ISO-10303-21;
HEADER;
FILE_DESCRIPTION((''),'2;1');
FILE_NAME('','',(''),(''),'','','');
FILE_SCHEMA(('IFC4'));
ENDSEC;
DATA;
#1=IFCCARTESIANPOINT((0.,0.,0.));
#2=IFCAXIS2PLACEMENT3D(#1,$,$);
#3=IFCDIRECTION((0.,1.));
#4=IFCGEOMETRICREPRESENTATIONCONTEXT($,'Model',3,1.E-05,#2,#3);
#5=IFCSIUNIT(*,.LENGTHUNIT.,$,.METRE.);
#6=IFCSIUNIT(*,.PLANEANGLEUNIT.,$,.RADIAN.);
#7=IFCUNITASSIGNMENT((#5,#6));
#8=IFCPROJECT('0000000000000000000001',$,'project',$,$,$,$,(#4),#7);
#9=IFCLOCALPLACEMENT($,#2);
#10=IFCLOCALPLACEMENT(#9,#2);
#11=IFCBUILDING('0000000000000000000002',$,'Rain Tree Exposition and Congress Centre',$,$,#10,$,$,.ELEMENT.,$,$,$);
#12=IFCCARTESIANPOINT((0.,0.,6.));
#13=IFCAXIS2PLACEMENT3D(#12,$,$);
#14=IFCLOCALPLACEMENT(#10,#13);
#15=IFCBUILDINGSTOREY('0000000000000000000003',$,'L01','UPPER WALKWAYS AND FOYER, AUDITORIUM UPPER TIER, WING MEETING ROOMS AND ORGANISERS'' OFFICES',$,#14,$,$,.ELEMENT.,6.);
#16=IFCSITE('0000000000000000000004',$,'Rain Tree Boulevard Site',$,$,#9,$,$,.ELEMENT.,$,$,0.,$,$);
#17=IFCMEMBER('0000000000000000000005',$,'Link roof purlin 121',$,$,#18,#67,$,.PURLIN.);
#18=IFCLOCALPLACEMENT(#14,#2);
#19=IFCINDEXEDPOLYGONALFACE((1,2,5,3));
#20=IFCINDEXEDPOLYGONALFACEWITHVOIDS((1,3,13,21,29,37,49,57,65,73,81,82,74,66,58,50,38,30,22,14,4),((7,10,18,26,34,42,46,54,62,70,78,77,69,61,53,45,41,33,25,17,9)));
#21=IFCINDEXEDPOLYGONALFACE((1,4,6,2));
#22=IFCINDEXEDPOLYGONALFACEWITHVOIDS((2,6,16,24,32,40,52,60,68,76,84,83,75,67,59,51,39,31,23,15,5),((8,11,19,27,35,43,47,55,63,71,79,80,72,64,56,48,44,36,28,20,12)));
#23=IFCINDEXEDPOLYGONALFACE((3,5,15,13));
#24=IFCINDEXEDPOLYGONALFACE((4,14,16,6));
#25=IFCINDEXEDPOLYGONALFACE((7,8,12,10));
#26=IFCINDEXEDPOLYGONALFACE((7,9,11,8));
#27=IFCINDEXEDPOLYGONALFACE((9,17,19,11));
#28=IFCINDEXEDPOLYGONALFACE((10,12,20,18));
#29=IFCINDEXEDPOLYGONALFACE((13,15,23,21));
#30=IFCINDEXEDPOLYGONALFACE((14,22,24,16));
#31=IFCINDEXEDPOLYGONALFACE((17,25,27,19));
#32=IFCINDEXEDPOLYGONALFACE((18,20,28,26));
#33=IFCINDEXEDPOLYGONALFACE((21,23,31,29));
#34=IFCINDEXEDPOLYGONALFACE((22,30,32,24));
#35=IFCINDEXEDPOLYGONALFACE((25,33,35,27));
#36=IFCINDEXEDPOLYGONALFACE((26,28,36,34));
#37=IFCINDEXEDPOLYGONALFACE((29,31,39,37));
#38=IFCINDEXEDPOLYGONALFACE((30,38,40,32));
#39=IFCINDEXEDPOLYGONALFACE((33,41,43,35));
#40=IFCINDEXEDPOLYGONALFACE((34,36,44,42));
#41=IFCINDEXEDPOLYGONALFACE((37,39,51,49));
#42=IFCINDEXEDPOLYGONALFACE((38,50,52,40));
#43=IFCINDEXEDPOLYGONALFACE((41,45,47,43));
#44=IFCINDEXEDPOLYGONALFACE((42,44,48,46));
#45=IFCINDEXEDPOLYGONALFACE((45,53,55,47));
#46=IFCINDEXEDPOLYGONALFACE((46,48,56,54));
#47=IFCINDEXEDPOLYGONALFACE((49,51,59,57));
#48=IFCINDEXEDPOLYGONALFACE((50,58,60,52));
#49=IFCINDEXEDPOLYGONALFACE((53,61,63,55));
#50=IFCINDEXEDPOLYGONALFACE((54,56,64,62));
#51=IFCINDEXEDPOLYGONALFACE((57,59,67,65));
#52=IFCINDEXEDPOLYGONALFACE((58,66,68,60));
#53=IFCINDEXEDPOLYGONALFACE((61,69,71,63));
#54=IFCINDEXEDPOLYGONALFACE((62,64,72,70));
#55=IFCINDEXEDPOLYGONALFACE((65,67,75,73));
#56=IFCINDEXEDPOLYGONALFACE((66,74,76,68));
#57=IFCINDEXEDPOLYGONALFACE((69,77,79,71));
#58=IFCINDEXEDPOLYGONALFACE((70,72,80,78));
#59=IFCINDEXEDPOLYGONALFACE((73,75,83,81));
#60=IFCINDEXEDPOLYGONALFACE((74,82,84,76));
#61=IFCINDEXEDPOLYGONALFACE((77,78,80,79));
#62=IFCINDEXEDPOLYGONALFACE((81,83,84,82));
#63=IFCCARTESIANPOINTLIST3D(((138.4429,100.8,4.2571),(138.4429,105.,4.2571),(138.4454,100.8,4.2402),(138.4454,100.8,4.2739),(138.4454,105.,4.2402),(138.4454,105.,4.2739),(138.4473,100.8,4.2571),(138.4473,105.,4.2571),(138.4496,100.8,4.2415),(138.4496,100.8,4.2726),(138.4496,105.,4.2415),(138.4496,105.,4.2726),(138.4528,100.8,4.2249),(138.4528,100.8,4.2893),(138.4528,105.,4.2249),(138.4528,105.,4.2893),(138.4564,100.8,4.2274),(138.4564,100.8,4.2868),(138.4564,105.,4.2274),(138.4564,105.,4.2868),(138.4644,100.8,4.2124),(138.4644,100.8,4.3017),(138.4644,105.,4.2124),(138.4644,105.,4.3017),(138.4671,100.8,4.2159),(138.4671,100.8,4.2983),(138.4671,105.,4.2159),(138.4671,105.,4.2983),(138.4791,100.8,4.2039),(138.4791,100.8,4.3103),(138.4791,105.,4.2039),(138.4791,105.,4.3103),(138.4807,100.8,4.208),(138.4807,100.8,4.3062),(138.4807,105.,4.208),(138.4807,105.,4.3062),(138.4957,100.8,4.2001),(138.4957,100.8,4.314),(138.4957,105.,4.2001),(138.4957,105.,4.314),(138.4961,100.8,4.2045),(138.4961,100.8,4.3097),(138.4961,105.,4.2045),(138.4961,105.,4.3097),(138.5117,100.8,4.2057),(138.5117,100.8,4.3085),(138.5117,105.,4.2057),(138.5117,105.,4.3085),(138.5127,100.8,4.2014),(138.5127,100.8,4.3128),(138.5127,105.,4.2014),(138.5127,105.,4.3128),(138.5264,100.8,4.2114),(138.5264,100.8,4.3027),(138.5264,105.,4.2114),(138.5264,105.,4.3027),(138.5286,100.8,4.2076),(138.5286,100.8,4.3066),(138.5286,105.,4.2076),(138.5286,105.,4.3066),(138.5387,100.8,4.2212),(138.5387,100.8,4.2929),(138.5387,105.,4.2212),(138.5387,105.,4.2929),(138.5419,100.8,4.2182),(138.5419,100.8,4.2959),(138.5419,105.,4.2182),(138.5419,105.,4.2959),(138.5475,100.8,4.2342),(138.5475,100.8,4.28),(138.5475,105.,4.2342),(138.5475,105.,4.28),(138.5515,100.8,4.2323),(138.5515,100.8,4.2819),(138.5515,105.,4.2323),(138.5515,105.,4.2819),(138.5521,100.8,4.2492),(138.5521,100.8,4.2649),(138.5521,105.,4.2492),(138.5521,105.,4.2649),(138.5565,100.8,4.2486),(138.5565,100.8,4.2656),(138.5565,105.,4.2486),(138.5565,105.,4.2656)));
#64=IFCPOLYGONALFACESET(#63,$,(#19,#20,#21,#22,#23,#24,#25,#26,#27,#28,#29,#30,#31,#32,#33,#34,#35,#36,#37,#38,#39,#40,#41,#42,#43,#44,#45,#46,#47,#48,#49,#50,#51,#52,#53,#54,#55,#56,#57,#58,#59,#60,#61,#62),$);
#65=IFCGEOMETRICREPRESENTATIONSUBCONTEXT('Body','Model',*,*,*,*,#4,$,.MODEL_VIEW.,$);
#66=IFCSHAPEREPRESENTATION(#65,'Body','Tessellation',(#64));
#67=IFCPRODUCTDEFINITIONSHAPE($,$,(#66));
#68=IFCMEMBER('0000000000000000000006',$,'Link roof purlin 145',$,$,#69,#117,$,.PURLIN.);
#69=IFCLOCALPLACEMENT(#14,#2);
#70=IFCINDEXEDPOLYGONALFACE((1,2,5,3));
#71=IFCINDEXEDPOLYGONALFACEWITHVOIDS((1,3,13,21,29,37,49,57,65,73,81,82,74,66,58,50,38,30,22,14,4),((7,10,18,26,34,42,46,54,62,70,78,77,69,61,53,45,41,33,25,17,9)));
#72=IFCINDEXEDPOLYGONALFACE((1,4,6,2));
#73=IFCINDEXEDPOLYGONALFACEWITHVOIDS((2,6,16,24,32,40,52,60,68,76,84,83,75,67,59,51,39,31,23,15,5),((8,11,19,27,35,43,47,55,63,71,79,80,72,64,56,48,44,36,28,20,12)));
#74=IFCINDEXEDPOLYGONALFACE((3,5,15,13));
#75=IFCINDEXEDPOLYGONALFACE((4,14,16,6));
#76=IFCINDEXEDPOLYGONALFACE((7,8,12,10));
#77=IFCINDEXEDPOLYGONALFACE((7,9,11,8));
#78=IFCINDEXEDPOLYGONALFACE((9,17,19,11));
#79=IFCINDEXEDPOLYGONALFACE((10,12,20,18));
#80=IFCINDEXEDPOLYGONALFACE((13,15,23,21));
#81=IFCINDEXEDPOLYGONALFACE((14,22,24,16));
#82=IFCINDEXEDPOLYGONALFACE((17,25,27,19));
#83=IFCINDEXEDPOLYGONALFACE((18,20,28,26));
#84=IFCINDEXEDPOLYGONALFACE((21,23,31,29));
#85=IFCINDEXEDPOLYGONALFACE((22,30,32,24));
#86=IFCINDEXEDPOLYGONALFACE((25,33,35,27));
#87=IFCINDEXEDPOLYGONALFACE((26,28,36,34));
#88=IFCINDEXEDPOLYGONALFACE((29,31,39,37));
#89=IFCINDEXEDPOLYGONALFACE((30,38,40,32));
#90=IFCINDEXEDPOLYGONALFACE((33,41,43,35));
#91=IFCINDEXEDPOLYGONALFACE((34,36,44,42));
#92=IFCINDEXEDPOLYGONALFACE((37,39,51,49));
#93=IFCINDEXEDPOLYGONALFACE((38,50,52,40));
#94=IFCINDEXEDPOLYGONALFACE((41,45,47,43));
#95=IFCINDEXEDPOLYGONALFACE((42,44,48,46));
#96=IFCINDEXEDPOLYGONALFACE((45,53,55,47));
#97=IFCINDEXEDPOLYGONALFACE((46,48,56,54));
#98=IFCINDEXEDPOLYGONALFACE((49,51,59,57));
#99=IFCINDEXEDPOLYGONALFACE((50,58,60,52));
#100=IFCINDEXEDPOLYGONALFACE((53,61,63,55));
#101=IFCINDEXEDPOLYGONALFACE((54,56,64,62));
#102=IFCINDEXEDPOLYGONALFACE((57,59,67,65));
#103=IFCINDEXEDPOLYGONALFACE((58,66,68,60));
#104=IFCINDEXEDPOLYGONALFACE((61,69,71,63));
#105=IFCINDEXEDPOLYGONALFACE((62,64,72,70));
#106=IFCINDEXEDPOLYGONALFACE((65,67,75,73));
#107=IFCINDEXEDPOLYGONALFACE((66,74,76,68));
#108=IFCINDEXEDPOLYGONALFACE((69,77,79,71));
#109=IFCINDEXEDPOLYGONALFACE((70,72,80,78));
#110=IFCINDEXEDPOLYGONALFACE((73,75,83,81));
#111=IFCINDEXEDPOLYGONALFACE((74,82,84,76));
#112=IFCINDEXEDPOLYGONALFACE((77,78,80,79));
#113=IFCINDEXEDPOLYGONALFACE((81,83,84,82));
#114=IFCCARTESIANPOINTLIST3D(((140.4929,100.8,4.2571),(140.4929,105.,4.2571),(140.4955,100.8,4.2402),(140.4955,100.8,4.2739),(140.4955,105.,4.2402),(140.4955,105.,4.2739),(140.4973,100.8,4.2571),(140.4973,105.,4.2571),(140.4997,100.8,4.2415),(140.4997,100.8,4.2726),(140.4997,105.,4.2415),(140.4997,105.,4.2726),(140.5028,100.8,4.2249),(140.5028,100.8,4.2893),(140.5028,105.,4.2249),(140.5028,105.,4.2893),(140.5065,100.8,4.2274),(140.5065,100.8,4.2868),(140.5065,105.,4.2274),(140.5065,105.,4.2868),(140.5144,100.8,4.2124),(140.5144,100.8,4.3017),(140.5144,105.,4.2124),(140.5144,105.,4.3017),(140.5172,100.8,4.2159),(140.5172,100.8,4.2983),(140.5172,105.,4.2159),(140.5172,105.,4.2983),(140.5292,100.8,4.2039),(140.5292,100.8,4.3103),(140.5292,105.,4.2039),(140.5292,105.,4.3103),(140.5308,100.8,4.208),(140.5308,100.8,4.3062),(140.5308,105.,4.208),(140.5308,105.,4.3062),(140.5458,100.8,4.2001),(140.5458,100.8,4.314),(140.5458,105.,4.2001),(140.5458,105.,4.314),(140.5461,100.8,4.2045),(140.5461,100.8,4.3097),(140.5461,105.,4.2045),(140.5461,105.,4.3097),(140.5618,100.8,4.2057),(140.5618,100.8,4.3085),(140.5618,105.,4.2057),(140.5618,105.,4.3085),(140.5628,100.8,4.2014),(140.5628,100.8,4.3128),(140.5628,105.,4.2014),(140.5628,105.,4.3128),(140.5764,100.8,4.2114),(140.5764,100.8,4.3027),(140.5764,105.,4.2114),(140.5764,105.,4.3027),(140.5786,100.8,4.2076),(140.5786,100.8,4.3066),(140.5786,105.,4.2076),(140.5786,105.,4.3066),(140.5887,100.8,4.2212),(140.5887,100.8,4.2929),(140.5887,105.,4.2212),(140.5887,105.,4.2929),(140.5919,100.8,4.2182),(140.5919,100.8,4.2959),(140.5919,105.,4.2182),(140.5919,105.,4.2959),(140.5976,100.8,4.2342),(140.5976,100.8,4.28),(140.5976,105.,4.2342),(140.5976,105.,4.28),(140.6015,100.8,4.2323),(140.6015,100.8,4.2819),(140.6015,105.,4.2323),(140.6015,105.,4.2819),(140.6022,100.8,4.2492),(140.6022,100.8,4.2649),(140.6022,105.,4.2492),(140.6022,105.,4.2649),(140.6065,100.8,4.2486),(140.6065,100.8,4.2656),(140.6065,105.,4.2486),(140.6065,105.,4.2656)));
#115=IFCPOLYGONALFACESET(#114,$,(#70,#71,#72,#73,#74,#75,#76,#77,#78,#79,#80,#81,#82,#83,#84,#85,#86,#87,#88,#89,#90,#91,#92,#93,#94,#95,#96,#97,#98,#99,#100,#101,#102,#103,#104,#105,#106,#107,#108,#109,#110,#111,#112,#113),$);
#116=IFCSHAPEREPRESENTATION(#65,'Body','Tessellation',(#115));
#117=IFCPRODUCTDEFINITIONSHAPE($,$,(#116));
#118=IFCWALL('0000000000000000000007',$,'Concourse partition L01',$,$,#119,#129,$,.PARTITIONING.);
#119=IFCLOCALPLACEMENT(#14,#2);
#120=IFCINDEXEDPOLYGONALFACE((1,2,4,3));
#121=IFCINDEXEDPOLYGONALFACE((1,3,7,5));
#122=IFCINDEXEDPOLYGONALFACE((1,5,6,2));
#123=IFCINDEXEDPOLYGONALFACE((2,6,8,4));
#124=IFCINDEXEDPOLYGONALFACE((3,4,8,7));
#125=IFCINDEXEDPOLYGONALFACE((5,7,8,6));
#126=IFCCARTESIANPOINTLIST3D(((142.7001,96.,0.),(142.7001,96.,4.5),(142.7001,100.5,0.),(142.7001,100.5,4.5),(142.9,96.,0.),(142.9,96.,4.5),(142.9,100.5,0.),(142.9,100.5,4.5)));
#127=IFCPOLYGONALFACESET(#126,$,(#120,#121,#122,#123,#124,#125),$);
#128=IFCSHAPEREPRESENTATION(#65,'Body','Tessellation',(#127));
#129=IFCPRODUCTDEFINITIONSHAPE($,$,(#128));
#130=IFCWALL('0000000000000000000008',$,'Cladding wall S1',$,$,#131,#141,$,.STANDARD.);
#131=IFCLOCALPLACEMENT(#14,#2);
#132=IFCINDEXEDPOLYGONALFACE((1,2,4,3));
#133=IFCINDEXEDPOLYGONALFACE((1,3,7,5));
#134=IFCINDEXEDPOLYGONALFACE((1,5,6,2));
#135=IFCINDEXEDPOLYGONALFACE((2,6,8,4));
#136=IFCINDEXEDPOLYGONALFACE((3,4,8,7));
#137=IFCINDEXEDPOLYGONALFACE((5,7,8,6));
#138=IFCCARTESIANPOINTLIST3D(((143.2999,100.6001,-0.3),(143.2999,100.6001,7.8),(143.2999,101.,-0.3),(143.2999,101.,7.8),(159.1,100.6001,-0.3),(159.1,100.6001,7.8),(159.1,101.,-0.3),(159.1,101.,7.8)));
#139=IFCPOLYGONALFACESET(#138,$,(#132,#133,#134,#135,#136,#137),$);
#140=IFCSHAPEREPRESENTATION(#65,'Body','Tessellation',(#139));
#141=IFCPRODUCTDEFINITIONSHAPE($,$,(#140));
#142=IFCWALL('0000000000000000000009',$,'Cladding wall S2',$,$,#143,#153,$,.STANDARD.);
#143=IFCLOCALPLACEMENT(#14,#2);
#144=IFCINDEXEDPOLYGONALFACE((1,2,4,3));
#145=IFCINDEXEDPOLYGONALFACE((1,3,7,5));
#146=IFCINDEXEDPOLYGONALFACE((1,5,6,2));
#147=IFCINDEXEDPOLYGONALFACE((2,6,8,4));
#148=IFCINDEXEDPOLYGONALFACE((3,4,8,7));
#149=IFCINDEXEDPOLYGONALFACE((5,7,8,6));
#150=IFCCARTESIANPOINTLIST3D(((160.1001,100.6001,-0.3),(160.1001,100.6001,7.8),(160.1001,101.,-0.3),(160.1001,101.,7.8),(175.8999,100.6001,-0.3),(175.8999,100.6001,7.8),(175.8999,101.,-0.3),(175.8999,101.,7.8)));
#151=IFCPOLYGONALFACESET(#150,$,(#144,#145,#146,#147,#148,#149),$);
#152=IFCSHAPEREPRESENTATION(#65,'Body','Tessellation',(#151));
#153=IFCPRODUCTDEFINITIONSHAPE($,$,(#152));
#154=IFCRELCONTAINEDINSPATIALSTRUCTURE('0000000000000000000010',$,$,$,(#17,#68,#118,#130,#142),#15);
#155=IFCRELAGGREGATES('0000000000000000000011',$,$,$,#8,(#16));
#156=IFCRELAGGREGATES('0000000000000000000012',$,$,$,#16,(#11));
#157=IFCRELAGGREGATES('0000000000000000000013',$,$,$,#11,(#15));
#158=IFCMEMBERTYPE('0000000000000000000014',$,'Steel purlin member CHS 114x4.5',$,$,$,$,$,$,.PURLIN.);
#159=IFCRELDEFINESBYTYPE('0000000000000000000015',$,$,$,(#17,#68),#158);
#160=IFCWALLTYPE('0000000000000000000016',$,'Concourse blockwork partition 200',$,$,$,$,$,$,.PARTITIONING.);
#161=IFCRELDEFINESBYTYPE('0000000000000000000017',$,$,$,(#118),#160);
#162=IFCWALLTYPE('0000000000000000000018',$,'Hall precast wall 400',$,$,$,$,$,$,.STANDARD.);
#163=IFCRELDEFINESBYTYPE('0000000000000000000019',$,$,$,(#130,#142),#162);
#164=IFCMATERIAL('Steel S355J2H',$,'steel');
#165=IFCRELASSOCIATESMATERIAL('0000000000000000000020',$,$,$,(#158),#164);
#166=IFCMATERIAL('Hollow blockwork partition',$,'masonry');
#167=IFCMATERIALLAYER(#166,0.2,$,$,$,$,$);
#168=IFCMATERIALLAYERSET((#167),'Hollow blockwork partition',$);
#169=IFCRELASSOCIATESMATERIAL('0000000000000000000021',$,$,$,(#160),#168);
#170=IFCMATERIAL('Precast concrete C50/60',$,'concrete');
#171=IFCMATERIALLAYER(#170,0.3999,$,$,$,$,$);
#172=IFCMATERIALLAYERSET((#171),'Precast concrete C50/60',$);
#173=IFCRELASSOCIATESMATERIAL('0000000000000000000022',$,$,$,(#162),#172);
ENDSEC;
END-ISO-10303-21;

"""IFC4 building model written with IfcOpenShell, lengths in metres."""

from ifc_helpers import new_model, si_unit, direction, frame, frame_2d, origin, origin_2d, place, context, subcontext, project, spatial, rectangle, hollow_circle, extrude, material, layer, layer_set, material_profile, profile_set, type_object, element, save


model = new_model("IFC4")

# Units and contexts
model_context = context("Model", 3, precision=1e-05, world=origin(), true_north=direction((0.0, 1.0)))
body_context = subcontext(model_context, "Body", "Model", "MODEL_VIEW")
ifc_project = project(units=[si_unit("LENGTHUNIT", "METRE"), si_unit("PLANEANGLEUNIT", "RADIAN")], contexts=[model_context])

# Site, building, storey
site_placement = place(None, origin())
site = spatial("IfcSite", under=ifc_project, at=site_placement, Name="Rain Tree Boulevard Site", CompositionType="ELEMENT", RefElevation=0.0)
building_placement = place(site_placement, origin())
building = spatial("IfcBuilding", under=site, at=building_placement, Name="Rain Tree Exposition and Congress Centre", CompositionType="ELEMENT")
storey_placement = place(building_placement, frame((0.0, 0.0, 6.0)))
storey = spatial("IfcBuildingStorey", under=building, at=storey_placement, Name="L01", Description="UPPER WALKWAYS AND FOYER, AUDITORIUM UPPER TIER, WING MEETING ROOMS AND ORGANISERS' OFFICES", CompositionType="ELEMENT", Elevation=6.0)

# Members
ifc_material_1 = material(Name="Steel S355J2H", Category="steel")
ifc_material_profile_1 = material_profile(ifc_material_1, hollow_circle(Radius=0.0571, WallThickness=0.0044, at=origin_2d()), Name="CHS 114x4.5")
ifc_profile_set_1 = profile_set([ifc_material_profile_1], Name="Steel S355J2H")
member_type = type_object("IfcMemberType", Name="Steel purlin member CHS 114x4.5", PredefinedType="PURLIN", material=ifc_profile_set_1)
for number, where, z_axis, x_axis, name in (
    (1, (138.5, 100.8, 4.2571), (0.0, 1.0, 0.0), (-1.0, 0.0, 0.0), "Link roof purlin 121"),
    (2, (140.55, 100.8, 4.2571), (0.0, 1.0, 0.0), (-1.0, 0.0, 0.0), "Link roof purlin 145"),
):
    element("IfcMember", number, at=place(storey_placement, frame(where, z_axis=z_axis, x_axis=x_axis)), inside=storey, type_object=member_type, Name=name, PredefinedType="PURLIN", context=body_context, shape_type="SweptSolid", body=[
        extrude(hollow_circle(Radius=0.0571, WallThickness=0.0044, at=origin_2d()), origin(), (0.0, 0.0, 1.0), 4.2),
    ])

# Wall
ifc_material_2 = material(Name="Hollow blockwork partition", Category="masonry")
ifc_layer_1 = layer(ifc_material_2, 0.2)
ifc_layer_set_1 = layer_set([ifc_layer_1], Name="Hollow blockwork partition")
wall_type_1 = type_object("IfcWallType", Name="Concourse blockwork partition 200", PredefinedType="PARTITIONING", material=ifc_layer_set_1)
wall_1_placement = place(storey_placement, frame((142.8, 100.5, 0.0), z_axis=(0.0, 0.0, 1.0), x_axis=(0.0, -1.0, 0.0)))
element("IfcWall", 3, at=wall_1_placement, inside=storey, type_object=wall_type_1, Name="Concourse partition L01", PredefinedType="PARTITIONING", context=body_context, shape_type="SweptSolid", body=[
    extrude(rectangle(XDim=4.5, YDim=0.2, at=frame_2d((2.25, 0.0))), origin(), (0.0, 0.0, 1.0), 4.5),
])

# Walls
ifc_material_3 = material(Name="Precast concrete C50/60", Category="concrete")
ifc_layer_2 = layer(ifc_material_3, 0.3999)
ifc_layer_set_2 = layer_set([ifc_layer_2], Name="Precast concrete C50/60")
wall_type_2 = type_object("IfcWallType", Name="Hall precast wall 400", PredefinedType="STANDARD", material=ifc_layer_set_2)
wall_2_placement = place(storey_placement, frame((143.3, 100.8, -0.3), z_axis=(0.0, 0.0, 1.0), x_axis=(1.0, 0.0, 0.0)))
element("IfcWall", 4, at=wall_2_placement, inside=storey, type_object=wall_type_2, Name="Cladding wall S1", PredefinedType="STANDARD", context=body_context, shape_type="SweptSolid", body=[
    extrude(rectangle(XDim=15.8, YDim=0.3999, at=frame_2d((7.8999, 0.0))), origin(), (0.0, 0.0, 1.0), 8.1001),
])
wall_3_placement = place(storey_placement, frame((160.1001, 100.8, -0.3), z_axis=(0.0, 0.0, 1.0), x_axis=(1.0, 0.0, 0.0)))
element("IfcWall", 5, at=wall_3_placement, inside=storey, type_object=wall_type_2, Name="Cladding wall S2", PredefinedType="STANDARD", context=body_context, shape_type="SweptSolid", body=[
    extrude(rectangle(XDim=15.7998, YDim=0.3999, at=frame_2d((7.8999, 0.0))), origin(), (0.0, 0.0, 1.0), 8.1001),
])

save(model, "model.ifc")
